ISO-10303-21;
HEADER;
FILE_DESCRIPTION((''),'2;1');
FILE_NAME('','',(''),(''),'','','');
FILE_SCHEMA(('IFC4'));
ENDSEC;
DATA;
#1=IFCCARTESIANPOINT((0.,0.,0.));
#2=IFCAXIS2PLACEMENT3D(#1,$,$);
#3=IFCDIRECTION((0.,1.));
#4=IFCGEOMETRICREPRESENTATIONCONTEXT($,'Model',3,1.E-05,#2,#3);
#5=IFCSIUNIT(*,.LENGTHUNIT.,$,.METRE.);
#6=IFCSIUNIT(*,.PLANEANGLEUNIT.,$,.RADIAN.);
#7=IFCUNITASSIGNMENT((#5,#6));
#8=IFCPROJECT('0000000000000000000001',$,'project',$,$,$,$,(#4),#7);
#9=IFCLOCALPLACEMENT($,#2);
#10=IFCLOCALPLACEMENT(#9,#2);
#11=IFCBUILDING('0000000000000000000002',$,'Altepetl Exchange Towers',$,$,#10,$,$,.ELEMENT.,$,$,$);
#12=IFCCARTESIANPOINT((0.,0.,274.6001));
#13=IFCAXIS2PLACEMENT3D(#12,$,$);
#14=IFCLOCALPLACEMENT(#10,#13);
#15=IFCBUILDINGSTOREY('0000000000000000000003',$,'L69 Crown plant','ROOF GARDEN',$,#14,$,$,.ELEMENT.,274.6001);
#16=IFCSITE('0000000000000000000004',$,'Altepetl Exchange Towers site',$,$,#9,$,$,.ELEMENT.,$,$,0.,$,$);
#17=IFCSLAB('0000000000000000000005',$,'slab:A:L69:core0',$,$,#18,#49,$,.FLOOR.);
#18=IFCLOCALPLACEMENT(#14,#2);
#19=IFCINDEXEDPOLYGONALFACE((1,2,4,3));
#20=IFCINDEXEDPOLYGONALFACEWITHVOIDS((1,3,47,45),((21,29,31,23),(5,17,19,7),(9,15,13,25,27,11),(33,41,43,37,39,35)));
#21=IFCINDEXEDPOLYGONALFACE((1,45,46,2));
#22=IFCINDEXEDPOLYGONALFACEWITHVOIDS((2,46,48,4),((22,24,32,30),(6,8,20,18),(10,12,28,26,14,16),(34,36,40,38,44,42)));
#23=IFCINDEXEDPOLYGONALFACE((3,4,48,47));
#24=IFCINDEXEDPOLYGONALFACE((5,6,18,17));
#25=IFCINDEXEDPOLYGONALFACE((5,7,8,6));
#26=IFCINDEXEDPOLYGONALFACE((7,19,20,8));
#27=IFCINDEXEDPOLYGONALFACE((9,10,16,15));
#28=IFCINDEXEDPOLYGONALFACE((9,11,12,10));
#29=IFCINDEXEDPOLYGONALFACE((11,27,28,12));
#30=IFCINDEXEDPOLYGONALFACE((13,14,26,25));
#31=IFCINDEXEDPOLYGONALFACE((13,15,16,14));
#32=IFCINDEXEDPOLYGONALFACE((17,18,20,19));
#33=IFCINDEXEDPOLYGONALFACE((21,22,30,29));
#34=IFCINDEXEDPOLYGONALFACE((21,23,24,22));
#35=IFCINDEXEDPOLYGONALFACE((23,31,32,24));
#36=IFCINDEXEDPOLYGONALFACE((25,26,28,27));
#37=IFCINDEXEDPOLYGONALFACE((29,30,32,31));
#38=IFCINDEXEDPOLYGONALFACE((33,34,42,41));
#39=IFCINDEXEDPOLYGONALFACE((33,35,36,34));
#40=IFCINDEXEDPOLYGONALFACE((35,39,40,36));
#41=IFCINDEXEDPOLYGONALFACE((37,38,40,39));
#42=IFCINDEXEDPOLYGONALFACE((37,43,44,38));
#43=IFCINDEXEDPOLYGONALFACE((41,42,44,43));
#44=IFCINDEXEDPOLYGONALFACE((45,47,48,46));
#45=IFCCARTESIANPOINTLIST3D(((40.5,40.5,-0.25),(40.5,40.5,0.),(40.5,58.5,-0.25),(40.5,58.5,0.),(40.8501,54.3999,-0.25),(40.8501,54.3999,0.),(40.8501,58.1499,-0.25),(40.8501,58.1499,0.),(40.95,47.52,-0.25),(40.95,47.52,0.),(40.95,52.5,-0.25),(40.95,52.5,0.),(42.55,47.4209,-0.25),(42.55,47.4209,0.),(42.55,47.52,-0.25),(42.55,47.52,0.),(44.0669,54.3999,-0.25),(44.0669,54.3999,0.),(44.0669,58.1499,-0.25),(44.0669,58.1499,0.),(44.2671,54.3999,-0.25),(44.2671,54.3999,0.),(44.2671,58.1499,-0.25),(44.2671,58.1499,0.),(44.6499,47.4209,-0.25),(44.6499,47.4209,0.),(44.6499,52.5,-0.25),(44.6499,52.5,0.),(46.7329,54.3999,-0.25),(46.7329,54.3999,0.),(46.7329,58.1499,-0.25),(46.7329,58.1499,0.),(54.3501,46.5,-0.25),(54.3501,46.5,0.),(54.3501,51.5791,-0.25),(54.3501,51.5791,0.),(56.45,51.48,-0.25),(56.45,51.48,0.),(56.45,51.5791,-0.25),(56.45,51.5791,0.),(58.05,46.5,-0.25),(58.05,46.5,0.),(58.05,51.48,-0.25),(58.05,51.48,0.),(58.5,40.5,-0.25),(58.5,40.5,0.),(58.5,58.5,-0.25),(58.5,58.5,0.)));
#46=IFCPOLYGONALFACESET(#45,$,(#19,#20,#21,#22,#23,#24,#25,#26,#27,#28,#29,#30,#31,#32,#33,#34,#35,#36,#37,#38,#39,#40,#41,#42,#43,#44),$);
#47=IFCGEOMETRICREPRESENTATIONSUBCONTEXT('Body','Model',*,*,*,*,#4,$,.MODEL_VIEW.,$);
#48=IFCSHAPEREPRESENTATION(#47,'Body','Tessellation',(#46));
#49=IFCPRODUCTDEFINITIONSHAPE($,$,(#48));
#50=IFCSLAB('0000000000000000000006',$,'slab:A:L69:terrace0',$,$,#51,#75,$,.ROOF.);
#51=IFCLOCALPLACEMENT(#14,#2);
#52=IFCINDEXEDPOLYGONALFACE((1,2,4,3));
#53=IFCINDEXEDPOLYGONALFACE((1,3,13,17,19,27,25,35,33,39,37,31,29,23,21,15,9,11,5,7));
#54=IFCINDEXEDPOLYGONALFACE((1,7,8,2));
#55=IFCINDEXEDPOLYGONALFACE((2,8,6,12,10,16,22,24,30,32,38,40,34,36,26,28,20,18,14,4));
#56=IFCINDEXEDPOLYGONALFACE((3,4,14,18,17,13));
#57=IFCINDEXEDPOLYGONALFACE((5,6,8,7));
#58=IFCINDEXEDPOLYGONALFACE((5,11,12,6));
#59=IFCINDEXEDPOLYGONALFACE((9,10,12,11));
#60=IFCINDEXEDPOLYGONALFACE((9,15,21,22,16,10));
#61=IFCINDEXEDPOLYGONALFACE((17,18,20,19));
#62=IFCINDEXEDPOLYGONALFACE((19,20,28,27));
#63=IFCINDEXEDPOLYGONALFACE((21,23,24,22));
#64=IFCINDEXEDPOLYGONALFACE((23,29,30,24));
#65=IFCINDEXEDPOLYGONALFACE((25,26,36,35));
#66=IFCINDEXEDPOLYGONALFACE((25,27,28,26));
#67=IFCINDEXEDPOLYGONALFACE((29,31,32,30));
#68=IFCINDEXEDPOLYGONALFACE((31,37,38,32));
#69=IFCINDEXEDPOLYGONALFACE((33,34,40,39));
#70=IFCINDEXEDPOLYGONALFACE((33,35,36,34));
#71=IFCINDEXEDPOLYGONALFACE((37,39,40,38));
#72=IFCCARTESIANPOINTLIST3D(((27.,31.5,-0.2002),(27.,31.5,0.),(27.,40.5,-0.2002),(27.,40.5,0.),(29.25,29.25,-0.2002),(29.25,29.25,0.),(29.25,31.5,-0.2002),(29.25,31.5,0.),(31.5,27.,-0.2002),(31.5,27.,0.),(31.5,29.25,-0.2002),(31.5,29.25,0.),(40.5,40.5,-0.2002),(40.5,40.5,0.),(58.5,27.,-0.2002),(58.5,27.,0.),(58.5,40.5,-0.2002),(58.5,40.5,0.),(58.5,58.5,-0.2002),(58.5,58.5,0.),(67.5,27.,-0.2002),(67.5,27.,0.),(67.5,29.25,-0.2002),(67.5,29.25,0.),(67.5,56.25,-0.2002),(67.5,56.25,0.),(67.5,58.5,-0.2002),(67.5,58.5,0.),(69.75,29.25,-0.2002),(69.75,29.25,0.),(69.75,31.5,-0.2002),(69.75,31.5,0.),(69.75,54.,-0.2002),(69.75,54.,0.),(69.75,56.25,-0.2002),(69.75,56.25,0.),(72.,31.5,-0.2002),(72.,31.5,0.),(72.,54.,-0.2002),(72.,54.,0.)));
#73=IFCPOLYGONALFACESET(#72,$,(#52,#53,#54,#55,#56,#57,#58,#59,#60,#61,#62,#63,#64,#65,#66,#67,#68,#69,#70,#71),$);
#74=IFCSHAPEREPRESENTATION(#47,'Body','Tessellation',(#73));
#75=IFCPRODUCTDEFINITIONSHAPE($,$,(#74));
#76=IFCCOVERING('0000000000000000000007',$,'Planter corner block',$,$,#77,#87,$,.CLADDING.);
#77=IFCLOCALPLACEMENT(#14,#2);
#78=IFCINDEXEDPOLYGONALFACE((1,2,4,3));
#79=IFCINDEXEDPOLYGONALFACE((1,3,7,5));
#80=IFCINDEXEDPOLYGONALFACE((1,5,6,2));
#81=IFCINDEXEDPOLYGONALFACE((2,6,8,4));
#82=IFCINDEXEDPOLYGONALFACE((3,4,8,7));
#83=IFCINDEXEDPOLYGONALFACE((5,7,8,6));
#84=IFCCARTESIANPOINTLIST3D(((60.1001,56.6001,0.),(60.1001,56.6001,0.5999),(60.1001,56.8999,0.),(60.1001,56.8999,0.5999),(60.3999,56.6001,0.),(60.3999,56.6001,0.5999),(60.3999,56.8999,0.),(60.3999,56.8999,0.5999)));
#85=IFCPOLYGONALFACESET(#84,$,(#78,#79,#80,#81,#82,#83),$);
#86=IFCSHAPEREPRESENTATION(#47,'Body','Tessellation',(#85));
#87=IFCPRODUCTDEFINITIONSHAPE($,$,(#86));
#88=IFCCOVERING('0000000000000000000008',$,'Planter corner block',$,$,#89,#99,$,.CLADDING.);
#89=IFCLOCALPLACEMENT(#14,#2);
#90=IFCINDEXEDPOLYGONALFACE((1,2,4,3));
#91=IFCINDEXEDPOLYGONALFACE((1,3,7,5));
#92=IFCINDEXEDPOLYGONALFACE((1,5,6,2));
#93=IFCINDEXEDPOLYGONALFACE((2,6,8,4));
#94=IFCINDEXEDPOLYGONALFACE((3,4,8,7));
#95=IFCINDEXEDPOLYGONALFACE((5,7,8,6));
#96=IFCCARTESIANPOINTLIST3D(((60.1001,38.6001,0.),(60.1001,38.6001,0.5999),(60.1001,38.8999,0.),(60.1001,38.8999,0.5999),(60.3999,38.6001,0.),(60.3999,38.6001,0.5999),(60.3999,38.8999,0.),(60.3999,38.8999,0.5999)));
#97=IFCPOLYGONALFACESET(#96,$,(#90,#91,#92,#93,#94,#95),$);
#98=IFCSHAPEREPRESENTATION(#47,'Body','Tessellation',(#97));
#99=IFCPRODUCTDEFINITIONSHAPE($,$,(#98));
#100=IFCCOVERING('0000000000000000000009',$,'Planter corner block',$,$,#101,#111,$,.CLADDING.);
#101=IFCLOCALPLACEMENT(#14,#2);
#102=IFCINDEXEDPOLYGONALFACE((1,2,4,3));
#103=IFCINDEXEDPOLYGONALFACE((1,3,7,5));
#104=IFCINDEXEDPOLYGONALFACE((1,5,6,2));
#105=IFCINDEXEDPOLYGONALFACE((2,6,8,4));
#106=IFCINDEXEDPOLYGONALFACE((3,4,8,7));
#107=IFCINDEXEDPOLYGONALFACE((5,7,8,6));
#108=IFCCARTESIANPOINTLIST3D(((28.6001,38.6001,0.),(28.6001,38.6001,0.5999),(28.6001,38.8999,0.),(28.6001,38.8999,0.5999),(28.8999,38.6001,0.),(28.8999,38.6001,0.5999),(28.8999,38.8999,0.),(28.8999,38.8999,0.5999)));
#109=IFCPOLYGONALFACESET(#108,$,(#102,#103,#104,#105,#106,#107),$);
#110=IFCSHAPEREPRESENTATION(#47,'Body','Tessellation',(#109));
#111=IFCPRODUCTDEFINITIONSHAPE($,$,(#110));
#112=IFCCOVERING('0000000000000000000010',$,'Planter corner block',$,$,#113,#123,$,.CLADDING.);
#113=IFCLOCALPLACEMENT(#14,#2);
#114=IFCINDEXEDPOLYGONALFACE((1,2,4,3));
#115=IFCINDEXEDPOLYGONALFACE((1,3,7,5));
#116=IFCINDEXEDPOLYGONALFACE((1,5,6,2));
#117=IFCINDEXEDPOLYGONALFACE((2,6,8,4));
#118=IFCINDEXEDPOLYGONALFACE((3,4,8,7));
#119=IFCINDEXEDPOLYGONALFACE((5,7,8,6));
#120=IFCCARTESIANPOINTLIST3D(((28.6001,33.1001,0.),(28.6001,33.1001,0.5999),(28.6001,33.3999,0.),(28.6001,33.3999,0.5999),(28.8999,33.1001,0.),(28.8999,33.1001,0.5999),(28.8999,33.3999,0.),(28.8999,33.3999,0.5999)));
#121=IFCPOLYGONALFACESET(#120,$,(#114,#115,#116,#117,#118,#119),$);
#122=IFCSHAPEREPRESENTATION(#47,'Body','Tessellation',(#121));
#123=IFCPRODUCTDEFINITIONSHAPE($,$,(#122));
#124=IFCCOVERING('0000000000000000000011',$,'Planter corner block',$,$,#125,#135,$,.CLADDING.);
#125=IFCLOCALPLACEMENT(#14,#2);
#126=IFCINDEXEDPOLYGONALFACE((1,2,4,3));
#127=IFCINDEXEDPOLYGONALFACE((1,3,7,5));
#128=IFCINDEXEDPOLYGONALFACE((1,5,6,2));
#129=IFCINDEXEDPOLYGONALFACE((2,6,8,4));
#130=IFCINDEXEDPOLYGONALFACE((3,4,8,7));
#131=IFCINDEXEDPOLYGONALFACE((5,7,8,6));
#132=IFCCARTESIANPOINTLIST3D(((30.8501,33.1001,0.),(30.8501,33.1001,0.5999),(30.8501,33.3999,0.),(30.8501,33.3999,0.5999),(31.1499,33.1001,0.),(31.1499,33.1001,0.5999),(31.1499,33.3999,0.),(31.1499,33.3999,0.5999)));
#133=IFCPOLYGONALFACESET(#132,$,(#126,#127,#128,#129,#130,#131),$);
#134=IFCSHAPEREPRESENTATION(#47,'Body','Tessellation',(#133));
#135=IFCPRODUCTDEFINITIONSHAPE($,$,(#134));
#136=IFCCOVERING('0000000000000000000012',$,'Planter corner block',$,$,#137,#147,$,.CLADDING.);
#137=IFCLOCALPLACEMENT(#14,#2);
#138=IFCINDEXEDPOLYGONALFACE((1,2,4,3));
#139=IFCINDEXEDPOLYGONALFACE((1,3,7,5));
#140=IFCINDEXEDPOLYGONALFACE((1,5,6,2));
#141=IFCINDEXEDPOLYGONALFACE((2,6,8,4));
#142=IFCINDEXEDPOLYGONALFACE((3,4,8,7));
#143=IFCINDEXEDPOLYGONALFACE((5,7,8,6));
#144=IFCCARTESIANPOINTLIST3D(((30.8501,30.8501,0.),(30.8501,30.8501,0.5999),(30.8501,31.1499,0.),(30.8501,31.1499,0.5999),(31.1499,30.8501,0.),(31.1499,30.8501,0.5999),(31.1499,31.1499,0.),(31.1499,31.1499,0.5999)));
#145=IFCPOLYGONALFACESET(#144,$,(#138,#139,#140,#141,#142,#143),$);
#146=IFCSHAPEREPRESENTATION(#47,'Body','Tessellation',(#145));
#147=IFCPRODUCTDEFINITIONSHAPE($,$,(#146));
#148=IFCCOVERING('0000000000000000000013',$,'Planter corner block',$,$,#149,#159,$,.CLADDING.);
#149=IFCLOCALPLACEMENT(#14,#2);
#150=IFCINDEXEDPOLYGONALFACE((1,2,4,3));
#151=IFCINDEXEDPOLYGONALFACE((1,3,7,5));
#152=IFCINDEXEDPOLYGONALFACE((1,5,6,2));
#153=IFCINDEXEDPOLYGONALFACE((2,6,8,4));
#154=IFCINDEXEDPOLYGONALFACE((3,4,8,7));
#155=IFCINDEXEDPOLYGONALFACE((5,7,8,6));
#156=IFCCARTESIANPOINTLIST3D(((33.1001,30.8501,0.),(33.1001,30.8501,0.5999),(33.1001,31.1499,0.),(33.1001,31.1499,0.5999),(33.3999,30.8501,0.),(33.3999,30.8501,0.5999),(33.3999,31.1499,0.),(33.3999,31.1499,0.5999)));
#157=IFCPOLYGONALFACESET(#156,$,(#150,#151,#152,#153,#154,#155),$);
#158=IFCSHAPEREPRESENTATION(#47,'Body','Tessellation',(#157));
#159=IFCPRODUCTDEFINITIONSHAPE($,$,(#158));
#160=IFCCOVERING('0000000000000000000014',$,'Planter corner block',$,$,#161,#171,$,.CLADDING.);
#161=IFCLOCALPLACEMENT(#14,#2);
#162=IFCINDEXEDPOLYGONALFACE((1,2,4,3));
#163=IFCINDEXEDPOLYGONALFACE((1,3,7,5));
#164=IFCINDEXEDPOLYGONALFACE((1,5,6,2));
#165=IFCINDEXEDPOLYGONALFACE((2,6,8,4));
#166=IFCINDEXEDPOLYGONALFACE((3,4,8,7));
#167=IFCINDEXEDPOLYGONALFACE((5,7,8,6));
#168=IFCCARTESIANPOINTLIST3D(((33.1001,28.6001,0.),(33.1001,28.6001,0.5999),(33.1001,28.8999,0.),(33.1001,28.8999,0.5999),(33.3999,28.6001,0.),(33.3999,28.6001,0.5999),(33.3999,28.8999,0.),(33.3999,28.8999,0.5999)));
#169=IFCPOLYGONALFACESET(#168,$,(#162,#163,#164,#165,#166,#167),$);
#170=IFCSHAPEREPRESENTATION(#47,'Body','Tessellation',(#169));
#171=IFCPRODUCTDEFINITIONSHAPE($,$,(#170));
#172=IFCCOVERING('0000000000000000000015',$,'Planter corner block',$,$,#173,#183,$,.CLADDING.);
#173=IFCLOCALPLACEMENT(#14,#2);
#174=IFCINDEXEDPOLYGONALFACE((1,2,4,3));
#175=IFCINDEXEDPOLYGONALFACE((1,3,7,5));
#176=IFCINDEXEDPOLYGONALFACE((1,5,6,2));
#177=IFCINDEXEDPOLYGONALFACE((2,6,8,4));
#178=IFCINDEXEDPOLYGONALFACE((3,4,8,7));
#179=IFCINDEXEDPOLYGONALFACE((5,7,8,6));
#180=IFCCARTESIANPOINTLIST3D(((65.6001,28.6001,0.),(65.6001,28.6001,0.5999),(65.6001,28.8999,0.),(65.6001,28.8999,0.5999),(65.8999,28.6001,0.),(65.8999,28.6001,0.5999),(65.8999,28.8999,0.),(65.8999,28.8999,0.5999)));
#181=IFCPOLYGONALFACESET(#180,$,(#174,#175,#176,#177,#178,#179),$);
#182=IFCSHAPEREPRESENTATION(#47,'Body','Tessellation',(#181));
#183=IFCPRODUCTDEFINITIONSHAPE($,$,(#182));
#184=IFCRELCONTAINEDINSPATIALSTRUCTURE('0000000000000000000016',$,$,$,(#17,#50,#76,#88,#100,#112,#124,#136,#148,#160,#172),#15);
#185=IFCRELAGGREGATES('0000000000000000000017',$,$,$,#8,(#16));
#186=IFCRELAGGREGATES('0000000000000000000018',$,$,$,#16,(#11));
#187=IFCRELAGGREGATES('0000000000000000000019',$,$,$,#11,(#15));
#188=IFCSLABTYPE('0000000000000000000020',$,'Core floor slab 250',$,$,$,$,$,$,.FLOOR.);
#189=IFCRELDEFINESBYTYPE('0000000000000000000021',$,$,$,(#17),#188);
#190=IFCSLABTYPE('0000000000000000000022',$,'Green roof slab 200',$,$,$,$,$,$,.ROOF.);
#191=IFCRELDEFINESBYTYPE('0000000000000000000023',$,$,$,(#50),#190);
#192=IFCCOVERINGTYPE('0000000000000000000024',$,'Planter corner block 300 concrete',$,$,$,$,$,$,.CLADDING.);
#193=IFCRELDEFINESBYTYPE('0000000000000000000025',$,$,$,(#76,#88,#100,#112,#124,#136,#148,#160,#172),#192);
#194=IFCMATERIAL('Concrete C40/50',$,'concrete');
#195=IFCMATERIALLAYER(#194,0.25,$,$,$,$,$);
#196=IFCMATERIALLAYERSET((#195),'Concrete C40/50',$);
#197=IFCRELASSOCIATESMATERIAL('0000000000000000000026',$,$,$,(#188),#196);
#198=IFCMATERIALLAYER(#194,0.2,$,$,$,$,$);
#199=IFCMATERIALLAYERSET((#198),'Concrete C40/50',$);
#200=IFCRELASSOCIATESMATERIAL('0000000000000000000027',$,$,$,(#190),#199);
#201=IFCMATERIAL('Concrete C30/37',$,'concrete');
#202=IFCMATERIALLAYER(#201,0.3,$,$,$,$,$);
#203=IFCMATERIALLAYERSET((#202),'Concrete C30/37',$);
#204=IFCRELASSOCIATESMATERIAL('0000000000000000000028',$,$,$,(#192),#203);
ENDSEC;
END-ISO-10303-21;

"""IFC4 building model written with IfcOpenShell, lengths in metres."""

from ifc_helpers import new_model, si_unit, direction, frame, origin, place, context, subcontext, project, spatial, polyline, outline, extrude, material, layer, layer_set, type_object, element, save


model = new_model("IFC4")

# Units and contexts
model_context = context("Model", 3, precision=1e-05, world=origin(), true_north=direction((0.0, 1.0)))
body_context = subcontext(model_context, "Body", "Model", "MODEL_VIEW")
ifc_project = project(units=[si_unit("LENGTHUNIT", "METRE"), si_unit("PLANEANGLEUNIT", "RADIAN")], contexts=[model_context])

# Site, building, storey
site_placement = place(None, origin())
site = spatial("IfcSite", under=ifc_project, at=site_placement, Name="Altepetl Exchange Towers site", CompositionType="ELEMENT", RefElevation=0.0)
building_placement = place(site_placement, origin())
building = spatial("IfcBuilding", under=site, at=building_placement, Name="Altepetl Exchange Towers", CompositionType="ELEMENT")
storey_placement = place(building_placement, frame((0.0, 0.0, 274.6001)))
storey = spatial("IfcBuildingStorey", under=building, at=storey_placement, Name="L69 Crown plant", Description="ROOF GARDEN", CompositionType="ELEMENT", Elevation=274.6001)

# Slabs
ifc_material_1 = material(Name="Concrete C40/50", Category="concrete")
ifc_layer_1 = layer(ifc_material_1, 0.25)
ifc_layer_set_1 = layer_set([ifc_layer_1], Name="Concrete C40/50")
slab_type_1 = type_object("IfcSlabType", Name="Core floor slab 250", PredefinedType="FLOOR", material=ifc_layer_set_1)
slab_1_placement = place(storey_placement, frame((0.0, 0.0, -0.25)))
element("IfcSlab", 1, at=slab_1_placement, inside=storey, type_object=slab_type_1, Name="slab:A:L69:core0", PredefinedType="FLOOR", context=body_context, shape_type="SweptSolid", body=[
    extrude(outline(polyline([(40.5, 40.5), (58.5, 40.5), (58.5, 58.5), (40.5, 58.5), (40.5, 40.5)]), holes=[polyline([(54.3501, 46.5), (54.3501, 51.5791), (56.45, 51.5791), (56.45, 51.48), (58.05, 51.48), (58.05, 46.5), (54.3501, 46.5)]), polyline([(44.6499, 52.5), (44.6499, 47.4209), (42.55, 47.4209), (42.55, 47.52), (40.95, 47.52), (40.95, 52.5), (44.6499, 52.5)]), polyline([(40.8501, 54.3999), (40.8501, 58.1499), (44.0669, 58.1499), (44.0669, 54.3999), (40.8501, 54.3999)]), polyline([(44.2671, 54.3999), (44.2671, 58.1499), (46.7329, 58.1499), (46.7329, 54.3999), (44.2671, 54.3999)])]), origin(), (0.0, 0.0, 1.0), 0.25),
])
ifc_layer_2 = layer(ifc_material_1, 0.2)
ifc_layer_set_2 = layer_set([ifc_layer_2], Name="Concrete C40/50")
slab_type_2 = type_object("IfcSlabType", Name="Green roof slab 200", PredefinedType="ROOF", material=ifc_layer_set_2)
slab_2_placement = place(storey_placement, frame((0.0, 0.0, -0.2002)))
element("IfcSlab", 2, at=slab_2_placement, inside=storey, type_object=slab_type_2, Name="slab:A:L69:terrace0", PredefinedType="ROOF", context=body_context, shape_type="SweptSolid", body=[
    extrude(outline(polyline([(58.5, 40.5), (40.5, 40.5), (27.0, 40.5), (27.0, 31.5), (29.25, 31.5), (29.25, 29.25), (31.5, 29.25), (31.5, 27.0), (58.5, 27.0), (67.5, 27.0), (67.5, 29.25), (69.75, 29.25), (69.75, 31.5), (72.0, 31.5), (72.0, 54.0), (69.75, 54.0), (69.75, 56.25), (67.5, 56.25), (67.5, 58.5), (58.5, 58.5), (58.5, 40.5)])), origin(), (0.0, 0.0, 1.0), 0.2002),
])

# Coverings
ifc_material_2 = material(Name="Concrete C30/37", Category="concrete")
ifc_layer_3 = layer(ifc_material_2, 0.3)
ifc_layer_set_3 = layer_set([ifc_layer_3], Name="Concrete C30/37")
covering_type_1 = type_object("IfcCoveringType", Name="Planter corner block 300 concrete", PredefinedType="CLADDING", material=ifc_layer_set_3)
covering_1_placement = place(storey_placement, origin())
element("IfcCovering", 3, at=covering_1_placement, inside=storey, type_object=covering_type_1, Name="Planter corner block", PredefinedType="CLADDING", context=body_context, shape_type="SweptSolid", body=[
    extrude(outline(polyline([(60.3999, 56.8999), (60.1001, 56.8999), (60.1001, 56.6001), (60.3999, 56.6001), (60.3999, 56.8999)])), origin(), (0.0, 0.0, 1.0), 0.5999),
])
covering_2_placement = place(storey_placement, origin())
element("IfcCovering", 4, at=covering_2_placement, inside=storey, type_object=covering_type_1, Name="Planter corner block", PredefinedType="CLADDING", context=body_context, shape_type="SweptSolid", body=[
    extrude(outline(polyline([(60.1001, 38.6001), (60.3999, 38.6001), (60.3999, 38.8999), (60.1001, 38.8999), (60.1001, 38.6001)])), origin(), (0.0, 0.0, 1.0), 0.5999),
])
covering_3_placement = place(storey_placement, origin())
element("IfcCovering", 5, at=covering_3_placement, inside=storey, type_object=covering_type_1, Name="Planter corner block", PredefinedType="CLADDING", context=body_context, shape_type="SweptSolid", body=[
    extrude(outline(polyline([(28.8999, 38.6001), (28.8999, 38.8999), (28.6001, 38.8999), (28.6001, 38.6001), (28.8999, 38.6001)])), origin(), (0.0, 0.0, 1.0), 0.5999),
])
covering_4_placement = place(storey_placement, origin())
element("IfcCovering", 6, at=covering_4_placement, inside=storey, type_object=covering_type_1, Name="Planter corner block", PredefinedType="CLADDING", context=body_context, shape_type="SweptSolid", body=[
    extrude(outline(polyline([(28.8999, 33.3999), (28.6001, 33.3999), (28.6001, 33.1001), (28.8999, 33.1001), (28.8999, 33.3999)])), origin(), (0.0, 0.0, 1.0), 0.5999),
])
covering_5_placement = place(storey_placement, origin())
element("IfcCovering", 7, at=covering_5_placement, inside=storey, type_object=covering_type_1, Name="Planter corner block", PredefinedType="CLADDING", context=body_context, shape_type="SweptSolid", body=[
    extrude(outline(polyline([(31.1499, 33.1001), (31.1499, 33.3999), (30.8501, 33.3999), (30.8501, 33.1001), (31.1499, 33.1001)])), origin(), (0.0, 0.0, 1.0), 0.5999),
])
covering_6_placement = place(storey_placement, origin())
element("IfcCovering", 8, at=covering_6_placement, inside=storey, type_object=covering_type_1, Name="Planter corner block", PredefinedType="CLADDING", context=body_context, shape_type="SweptSolid", body=[
    extrude(outline(polyline([(31.1499, 31.1499), (30.8501, 31.1499), (30.8501, 30.8501), (31.1499, 30.8501), (31.1499, 31.1499)])), origin(), (0.0, 0.0, 1.0), 0.5999),
])
covering_7_placement = place(storey_placement, origin())
element("IfcCovering", 9, at=covering_7_placement, inside=storey, type_object=covering_type_1, Name="Planter corner block", PredefinedType="CLADDING", context=body_context, shape_type="SweptSolid", body=[
    extrude(outline(polyline([(33.3999, 30.8501), (33.3999, 31.1499), (33.1001, 31.1499), (33.1001, 30.8501), (33.3999, 30.8501)])), origin(), (0.0, 0.0, 1.0), 0.5999),
])
covering_8_placement = place(storey_placement, origin())
element("IfcCovering", 10, at=covering_8_placement, inside=storey, type_object=covering_type_1, Name="Planter corner block", PredefinedType="CLADDING", context=body_context, shape_type="SweptSolid", body=[
    extrude(outline(polyline([(33.3999, 28.8999), (33.1001, 28.8999), (33.1001, 28.6001), (33.3999, 28.6001), (33.3999, 28.8999)])), origin(), (0.0, 0.0, 1.0), 0.5999),
])
covering_9_placement = place(storey_placement, origin())
element("IfcCovering", 11, at=covering_9_placement, inside=storey, type_object=covering_type_1, Name="Planter corner block", PredefinedType="CLADDING", context=body_context, shape_type="SweptSolid", body=[
    extrude(outline(polyline([(65.6001, 28.8999), (65.6001, 28.6001), (65.8999, 28.6001), (65.8999, 28.8999), (65.6001, 28.8999)])), origin(), (0.0, 0.0, 1.0), 0.5999),
])

save(model, "model.ifc")
